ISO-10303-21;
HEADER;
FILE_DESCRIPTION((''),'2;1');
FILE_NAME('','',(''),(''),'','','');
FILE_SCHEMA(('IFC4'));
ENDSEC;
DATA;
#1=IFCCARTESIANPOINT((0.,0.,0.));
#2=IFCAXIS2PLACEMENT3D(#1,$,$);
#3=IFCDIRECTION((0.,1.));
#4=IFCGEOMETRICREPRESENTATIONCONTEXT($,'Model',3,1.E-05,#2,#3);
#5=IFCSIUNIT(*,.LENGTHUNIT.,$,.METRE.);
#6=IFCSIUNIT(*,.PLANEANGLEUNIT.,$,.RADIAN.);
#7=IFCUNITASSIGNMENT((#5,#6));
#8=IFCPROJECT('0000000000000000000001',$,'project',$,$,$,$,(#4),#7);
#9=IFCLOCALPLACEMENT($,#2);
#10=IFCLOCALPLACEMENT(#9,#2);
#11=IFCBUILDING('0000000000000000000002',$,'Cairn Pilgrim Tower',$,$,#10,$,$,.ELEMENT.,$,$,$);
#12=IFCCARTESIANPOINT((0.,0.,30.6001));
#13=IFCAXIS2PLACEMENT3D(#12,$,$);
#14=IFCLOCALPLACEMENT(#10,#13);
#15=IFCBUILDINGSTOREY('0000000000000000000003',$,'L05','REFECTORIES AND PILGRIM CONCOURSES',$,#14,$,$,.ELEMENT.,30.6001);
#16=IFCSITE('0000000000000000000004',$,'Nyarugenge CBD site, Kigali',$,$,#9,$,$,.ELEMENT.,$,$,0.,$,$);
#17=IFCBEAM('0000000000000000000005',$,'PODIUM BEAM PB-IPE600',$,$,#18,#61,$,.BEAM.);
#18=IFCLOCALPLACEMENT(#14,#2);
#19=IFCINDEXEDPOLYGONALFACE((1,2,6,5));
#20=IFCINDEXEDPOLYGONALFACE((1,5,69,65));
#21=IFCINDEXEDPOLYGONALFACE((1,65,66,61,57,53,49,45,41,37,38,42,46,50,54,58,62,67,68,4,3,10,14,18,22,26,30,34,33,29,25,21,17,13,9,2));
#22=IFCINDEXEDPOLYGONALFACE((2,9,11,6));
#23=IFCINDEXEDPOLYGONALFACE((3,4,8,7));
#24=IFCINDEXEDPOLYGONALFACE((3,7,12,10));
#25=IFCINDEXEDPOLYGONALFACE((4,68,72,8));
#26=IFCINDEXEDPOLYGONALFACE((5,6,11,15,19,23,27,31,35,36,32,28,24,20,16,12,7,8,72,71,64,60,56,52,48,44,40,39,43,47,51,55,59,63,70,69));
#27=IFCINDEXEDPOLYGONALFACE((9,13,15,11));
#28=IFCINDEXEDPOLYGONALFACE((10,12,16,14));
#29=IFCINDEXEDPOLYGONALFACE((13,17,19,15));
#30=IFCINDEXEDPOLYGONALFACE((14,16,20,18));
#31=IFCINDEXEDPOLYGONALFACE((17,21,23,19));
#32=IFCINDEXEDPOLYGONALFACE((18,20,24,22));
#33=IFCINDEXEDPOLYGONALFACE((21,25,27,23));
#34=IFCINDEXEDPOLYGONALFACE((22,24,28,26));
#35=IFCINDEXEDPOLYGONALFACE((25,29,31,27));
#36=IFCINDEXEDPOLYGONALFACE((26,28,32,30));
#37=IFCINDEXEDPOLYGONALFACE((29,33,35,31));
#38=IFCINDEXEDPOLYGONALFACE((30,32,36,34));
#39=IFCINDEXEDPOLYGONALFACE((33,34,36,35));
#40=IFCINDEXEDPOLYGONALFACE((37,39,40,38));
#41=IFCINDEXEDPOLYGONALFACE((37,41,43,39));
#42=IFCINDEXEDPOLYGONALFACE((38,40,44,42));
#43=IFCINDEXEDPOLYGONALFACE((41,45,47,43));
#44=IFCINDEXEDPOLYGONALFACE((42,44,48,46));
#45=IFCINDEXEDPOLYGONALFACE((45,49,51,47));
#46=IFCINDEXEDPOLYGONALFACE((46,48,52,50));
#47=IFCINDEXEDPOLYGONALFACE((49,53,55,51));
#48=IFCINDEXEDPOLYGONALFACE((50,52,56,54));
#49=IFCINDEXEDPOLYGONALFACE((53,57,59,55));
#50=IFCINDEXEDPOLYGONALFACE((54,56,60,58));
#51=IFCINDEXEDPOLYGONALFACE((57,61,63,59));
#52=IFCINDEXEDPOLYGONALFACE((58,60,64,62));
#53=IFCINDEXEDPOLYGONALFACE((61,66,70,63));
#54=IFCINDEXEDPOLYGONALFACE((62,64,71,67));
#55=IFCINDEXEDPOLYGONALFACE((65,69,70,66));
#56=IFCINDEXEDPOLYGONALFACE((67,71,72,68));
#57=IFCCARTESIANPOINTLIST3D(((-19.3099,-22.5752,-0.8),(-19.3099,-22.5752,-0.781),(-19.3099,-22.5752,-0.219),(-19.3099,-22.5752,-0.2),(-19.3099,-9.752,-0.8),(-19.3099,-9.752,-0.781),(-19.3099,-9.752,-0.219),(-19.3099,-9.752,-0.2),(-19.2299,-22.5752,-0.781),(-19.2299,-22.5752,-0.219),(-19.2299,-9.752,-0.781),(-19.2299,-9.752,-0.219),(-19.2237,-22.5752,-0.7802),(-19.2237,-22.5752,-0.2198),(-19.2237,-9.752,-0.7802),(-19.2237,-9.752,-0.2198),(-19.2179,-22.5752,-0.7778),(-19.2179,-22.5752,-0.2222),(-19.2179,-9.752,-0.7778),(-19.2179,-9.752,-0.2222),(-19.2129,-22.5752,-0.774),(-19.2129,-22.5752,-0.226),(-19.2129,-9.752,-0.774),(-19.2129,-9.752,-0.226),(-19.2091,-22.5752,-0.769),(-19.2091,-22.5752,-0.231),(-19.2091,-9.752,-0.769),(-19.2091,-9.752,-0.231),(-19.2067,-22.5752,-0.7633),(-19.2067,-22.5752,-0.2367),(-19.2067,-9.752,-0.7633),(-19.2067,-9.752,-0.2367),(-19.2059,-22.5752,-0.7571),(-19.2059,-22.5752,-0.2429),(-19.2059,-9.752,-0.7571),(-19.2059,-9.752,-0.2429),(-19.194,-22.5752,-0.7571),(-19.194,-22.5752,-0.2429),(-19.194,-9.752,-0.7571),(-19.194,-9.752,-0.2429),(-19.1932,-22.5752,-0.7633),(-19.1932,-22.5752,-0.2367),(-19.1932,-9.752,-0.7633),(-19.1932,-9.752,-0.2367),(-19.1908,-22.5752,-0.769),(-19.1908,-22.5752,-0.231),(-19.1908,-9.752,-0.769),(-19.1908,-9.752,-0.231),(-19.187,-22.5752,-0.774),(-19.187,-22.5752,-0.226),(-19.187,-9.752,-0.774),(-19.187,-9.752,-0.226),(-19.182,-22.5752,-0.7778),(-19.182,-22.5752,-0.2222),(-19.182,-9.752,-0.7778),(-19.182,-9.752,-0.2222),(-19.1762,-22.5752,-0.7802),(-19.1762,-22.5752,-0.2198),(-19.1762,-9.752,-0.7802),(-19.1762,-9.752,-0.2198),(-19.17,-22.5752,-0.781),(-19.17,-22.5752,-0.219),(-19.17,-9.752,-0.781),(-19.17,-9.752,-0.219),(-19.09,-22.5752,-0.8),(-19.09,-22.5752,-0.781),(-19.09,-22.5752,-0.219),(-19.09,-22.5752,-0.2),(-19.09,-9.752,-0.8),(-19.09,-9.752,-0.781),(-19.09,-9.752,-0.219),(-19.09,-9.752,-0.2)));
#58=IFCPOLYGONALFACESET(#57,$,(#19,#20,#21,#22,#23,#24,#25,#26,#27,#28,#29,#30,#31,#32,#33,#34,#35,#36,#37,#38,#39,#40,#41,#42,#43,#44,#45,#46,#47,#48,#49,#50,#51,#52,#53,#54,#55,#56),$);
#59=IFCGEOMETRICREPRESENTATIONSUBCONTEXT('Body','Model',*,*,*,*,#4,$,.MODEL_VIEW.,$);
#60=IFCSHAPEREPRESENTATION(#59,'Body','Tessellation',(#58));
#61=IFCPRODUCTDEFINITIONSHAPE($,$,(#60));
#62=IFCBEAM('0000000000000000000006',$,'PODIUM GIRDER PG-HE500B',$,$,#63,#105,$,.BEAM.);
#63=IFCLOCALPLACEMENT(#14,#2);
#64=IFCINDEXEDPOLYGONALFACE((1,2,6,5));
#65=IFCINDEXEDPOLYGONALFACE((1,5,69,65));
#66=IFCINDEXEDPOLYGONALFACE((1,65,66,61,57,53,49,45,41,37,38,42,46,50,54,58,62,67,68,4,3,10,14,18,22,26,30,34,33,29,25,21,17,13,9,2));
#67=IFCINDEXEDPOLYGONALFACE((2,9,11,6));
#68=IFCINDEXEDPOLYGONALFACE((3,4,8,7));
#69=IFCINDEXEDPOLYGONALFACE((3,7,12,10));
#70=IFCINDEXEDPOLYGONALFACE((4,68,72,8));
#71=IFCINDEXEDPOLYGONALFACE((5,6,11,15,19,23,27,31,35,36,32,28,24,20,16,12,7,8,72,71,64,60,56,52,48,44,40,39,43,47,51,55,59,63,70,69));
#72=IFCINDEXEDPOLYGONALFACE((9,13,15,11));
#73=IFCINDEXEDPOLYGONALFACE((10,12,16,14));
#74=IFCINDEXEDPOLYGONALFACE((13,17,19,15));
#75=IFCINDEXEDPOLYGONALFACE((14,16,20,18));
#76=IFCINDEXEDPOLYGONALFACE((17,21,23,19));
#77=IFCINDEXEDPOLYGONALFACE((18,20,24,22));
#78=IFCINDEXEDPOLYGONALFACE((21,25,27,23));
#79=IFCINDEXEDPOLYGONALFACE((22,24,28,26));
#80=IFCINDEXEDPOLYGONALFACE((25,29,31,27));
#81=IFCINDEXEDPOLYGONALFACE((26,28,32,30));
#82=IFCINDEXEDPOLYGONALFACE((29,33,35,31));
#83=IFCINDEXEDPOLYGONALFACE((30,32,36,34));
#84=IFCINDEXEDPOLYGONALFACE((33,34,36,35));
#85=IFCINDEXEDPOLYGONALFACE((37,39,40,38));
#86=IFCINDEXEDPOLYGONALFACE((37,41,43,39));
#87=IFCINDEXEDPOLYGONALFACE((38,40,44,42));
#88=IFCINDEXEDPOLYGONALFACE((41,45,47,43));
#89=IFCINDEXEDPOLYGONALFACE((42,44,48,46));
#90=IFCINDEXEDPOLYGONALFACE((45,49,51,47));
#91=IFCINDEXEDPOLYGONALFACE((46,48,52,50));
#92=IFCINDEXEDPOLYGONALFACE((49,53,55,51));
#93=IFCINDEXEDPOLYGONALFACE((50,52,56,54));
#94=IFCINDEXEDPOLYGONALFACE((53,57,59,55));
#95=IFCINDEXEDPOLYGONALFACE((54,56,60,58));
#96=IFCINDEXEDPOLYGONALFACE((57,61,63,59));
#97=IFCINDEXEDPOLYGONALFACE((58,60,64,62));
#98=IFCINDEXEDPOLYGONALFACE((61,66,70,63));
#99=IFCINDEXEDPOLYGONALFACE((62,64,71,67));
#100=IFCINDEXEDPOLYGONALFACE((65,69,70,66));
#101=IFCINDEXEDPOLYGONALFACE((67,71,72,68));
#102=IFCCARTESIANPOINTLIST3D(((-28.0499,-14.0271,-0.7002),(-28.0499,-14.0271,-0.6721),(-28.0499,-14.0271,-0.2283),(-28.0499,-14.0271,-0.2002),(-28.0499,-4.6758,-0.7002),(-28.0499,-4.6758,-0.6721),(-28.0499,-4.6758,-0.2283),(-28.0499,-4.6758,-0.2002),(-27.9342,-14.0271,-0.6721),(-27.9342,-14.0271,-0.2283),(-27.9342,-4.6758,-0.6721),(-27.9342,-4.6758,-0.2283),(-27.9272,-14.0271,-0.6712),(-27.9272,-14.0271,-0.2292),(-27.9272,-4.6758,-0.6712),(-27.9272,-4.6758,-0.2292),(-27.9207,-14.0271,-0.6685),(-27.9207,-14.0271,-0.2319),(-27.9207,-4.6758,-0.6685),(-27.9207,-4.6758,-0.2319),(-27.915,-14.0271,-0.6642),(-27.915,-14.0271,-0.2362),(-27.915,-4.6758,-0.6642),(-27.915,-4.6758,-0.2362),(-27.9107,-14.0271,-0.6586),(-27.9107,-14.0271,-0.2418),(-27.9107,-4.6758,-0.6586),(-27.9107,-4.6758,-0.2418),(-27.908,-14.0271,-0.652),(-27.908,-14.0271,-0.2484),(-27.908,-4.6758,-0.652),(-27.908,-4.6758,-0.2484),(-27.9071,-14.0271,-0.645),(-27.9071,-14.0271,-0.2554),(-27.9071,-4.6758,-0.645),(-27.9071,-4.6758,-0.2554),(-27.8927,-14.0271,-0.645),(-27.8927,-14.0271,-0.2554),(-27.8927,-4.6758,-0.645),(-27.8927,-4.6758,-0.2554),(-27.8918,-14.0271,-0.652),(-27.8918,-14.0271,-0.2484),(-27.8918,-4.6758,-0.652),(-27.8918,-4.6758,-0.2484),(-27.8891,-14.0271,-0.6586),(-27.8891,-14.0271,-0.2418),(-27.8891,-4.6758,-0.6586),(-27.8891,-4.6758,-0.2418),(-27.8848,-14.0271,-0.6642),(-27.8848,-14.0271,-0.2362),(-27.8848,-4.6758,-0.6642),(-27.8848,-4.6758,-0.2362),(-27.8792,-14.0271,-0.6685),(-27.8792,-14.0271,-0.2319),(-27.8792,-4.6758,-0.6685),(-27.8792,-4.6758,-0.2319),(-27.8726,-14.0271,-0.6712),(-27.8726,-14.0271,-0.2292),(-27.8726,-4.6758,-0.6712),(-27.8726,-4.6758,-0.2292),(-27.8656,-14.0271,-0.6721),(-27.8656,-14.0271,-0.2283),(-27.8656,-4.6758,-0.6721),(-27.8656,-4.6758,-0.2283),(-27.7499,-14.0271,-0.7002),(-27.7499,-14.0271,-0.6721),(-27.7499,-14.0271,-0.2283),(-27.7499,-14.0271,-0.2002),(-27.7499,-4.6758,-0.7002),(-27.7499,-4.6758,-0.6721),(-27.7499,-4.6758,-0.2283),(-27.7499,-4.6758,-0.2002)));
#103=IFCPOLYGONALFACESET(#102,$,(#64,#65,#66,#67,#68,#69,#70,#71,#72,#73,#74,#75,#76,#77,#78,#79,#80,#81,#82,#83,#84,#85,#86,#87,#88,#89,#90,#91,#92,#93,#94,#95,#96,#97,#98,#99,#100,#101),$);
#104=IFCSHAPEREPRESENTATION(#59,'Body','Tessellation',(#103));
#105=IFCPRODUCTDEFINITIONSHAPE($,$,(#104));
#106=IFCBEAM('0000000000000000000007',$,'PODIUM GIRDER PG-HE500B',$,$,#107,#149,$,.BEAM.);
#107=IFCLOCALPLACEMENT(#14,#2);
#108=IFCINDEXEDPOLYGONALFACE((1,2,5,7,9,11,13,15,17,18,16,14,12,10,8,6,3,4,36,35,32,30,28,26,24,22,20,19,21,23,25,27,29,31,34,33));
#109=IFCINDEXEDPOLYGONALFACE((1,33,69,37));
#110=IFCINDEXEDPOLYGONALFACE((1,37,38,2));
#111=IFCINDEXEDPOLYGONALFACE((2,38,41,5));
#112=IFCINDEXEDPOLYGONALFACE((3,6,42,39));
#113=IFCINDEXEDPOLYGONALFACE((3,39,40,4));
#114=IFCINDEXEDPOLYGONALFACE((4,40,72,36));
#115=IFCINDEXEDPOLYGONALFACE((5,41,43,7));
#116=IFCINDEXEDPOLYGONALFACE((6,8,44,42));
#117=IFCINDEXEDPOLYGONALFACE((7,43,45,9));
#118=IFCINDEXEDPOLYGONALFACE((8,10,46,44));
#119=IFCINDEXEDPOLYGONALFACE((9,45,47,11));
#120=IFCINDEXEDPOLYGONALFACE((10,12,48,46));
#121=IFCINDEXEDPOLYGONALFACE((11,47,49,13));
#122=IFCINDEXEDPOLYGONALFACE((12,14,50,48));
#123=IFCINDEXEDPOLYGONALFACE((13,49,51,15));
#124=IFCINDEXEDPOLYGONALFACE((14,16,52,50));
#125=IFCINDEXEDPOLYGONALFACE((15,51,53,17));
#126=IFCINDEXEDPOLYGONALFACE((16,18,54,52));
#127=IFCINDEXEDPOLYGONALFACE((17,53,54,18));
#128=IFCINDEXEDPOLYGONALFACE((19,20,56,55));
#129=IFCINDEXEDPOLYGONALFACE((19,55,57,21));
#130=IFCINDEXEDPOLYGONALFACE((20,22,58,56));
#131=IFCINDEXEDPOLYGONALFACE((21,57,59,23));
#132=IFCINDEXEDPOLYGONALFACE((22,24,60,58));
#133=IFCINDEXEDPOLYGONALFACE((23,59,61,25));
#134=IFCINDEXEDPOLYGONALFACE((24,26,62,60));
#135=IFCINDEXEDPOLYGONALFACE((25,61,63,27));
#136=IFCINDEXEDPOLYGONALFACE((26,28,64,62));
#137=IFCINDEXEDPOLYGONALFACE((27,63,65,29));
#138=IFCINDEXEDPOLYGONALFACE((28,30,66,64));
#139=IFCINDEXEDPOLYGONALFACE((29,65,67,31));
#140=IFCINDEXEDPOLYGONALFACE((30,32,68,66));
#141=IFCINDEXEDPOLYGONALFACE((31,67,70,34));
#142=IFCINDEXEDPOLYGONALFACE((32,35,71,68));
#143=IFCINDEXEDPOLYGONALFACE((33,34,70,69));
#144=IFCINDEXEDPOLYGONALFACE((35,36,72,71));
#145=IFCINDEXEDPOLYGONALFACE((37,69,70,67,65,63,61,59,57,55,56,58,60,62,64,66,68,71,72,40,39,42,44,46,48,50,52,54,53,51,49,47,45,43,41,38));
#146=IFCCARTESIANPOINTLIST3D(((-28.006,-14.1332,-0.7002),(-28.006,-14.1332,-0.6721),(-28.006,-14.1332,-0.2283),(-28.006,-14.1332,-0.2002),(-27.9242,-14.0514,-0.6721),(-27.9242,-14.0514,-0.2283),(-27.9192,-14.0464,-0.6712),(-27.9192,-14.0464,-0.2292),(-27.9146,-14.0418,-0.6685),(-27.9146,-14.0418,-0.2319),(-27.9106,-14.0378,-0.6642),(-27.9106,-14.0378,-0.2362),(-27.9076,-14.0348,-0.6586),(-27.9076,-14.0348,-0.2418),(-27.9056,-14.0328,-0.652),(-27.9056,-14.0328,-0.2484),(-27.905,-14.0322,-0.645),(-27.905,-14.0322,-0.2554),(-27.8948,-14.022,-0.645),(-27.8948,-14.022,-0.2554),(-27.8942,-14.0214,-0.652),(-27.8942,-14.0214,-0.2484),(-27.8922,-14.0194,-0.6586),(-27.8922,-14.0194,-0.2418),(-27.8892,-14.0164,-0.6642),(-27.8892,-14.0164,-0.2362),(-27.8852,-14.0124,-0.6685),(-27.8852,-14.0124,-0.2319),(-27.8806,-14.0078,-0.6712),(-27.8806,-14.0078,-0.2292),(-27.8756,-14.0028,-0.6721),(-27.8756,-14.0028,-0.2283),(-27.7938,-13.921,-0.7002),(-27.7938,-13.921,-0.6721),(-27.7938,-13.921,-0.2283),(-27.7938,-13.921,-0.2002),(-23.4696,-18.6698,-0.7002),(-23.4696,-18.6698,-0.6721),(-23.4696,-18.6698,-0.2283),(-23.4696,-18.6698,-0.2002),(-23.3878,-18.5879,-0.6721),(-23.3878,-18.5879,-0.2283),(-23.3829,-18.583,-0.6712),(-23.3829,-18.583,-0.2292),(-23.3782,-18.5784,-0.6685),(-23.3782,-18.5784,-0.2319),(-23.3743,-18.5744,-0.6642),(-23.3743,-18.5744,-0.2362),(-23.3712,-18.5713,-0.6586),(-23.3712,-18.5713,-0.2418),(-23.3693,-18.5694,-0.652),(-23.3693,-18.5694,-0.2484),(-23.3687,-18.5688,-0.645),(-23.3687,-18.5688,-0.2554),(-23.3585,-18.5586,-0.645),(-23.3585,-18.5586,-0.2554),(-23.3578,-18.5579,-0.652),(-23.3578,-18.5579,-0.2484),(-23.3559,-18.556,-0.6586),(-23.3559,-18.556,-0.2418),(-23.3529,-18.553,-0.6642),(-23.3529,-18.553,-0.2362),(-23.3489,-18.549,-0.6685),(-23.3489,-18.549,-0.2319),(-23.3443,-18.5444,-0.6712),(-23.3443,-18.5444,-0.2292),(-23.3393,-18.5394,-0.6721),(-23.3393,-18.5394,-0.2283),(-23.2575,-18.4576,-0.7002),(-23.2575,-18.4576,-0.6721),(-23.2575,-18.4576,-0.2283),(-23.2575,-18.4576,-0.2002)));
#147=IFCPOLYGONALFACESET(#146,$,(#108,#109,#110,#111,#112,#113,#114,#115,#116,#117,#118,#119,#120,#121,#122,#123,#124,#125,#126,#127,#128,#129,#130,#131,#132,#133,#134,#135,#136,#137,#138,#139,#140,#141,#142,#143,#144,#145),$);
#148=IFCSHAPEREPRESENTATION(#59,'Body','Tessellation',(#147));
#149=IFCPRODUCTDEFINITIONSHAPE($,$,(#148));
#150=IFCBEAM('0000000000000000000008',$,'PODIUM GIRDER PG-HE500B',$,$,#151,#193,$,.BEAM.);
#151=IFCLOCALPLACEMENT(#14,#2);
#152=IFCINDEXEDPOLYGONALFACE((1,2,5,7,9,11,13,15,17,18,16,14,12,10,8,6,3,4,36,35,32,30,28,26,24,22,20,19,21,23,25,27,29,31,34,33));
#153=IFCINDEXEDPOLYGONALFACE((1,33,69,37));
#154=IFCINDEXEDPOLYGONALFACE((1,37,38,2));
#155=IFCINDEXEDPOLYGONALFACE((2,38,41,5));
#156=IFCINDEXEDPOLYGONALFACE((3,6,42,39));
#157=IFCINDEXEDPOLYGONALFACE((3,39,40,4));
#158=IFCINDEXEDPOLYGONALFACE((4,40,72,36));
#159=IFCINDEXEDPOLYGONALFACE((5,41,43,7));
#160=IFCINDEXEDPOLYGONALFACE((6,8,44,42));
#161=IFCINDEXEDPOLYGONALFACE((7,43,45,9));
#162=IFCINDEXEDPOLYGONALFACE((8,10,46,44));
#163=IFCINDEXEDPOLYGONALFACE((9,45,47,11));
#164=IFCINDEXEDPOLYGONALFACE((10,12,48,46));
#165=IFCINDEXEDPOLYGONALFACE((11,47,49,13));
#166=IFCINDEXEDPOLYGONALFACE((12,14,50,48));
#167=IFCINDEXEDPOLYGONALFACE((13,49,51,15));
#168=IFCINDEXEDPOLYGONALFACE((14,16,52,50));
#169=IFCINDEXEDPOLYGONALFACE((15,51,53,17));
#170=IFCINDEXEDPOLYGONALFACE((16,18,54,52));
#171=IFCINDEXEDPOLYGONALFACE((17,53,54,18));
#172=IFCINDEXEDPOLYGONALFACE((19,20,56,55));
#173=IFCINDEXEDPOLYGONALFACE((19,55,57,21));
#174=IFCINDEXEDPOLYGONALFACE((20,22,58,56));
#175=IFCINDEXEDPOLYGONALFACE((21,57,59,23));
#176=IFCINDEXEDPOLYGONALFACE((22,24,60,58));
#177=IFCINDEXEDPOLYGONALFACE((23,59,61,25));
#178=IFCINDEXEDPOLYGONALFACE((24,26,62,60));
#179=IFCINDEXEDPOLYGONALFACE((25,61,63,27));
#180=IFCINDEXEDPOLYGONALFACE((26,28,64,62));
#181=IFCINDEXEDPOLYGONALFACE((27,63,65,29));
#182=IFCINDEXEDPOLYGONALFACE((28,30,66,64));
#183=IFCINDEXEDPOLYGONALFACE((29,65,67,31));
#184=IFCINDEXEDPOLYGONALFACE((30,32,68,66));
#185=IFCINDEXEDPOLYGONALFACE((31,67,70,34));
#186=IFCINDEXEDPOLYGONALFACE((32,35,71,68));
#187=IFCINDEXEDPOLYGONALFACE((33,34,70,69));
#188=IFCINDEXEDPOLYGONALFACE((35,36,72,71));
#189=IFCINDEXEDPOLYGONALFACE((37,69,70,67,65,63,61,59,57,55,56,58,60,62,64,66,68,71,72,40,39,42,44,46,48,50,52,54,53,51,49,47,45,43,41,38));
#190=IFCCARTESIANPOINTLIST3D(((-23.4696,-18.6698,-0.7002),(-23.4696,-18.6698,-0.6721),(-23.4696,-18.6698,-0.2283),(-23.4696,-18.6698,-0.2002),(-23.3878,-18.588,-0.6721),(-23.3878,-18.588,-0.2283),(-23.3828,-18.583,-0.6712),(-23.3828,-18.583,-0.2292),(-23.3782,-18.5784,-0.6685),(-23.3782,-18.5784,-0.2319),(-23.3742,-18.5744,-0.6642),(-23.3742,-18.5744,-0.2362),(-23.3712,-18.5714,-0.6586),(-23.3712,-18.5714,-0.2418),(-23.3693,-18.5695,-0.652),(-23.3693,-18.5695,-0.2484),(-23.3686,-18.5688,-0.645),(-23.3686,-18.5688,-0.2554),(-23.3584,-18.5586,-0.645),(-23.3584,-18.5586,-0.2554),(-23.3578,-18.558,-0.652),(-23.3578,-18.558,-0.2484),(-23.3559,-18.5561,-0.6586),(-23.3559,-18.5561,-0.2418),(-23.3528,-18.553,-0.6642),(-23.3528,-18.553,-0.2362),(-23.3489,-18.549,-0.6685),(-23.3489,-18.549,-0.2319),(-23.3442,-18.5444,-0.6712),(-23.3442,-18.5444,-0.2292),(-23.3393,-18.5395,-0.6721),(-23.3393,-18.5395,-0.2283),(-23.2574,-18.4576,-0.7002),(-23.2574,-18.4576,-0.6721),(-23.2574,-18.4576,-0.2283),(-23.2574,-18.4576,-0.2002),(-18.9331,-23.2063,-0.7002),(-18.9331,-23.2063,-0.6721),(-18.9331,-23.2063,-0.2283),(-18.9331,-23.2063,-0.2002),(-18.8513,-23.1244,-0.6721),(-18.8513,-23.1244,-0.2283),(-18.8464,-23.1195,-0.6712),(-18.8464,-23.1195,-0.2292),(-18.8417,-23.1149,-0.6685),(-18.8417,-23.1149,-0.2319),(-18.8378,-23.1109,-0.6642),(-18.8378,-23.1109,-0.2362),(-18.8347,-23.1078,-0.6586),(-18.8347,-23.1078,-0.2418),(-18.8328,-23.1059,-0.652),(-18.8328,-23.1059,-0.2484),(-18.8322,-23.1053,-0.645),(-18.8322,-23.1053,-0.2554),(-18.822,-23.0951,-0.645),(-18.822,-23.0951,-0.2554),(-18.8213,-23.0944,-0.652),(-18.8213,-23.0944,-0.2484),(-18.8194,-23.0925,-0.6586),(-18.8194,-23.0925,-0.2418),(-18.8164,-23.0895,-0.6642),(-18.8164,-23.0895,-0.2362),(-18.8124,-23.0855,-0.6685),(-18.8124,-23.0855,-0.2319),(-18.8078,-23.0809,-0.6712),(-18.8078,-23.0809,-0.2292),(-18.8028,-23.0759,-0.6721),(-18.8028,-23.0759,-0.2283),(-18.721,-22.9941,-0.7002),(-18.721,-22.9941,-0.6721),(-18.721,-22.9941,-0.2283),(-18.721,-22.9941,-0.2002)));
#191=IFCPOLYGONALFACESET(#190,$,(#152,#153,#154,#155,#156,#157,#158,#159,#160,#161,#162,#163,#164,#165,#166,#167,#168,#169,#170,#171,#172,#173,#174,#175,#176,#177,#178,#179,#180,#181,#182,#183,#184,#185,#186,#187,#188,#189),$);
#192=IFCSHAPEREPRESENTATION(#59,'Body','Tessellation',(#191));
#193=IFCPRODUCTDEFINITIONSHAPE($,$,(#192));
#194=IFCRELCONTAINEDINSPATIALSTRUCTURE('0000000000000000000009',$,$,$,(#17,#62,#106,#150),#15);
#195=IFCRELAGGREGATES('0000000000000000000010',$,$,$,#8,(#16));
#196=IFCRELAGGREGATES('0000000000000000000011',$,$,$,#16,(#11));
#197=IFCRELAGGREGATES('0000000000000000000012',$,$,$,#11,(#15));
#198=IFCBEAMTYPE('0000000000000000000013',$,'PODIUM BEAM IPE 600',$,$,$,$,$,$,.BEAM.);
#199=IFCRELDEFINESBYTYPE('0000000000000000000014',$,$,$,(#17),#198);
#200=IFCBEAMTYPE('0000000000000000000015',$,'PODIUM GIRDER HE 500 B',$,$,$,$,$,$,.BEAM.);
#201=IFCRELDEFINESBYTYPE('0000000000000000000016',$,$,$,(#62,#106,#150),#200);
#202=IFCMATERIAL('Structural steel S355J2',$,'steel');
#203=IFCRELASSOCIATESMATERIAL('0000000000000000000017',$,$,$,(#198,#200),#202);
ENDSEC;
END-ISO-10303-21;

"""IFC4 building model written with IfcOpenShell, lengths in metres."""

from ifc_helpers import new_model, si_unit, direction, frame, origin, origin_2d, place, context, subcontext, project, spatial, i_section, extrude, material, material_profile, profile_set, type_object, element, save


model = new_model("IFC4")

# Units and contexts
model_context = context("Model", 3, precision=1e-05, world=origin(), true_north=direction((0.0, 1.0)))
body_context = subcontext(model_context, "Body", "Model", "MODEL_VIEW")
ifc_project = project(units=[si_unit("LENGTHUNIT", "METRE"), si_unit("PLANEANGLEUNIT", "RADIAN")], contexts=[model_context])

# Site, building, storey
site_placement = place(None, origin())
site = spatial("IfcSite", under=ifc_project, at=site_placement, Name="Nyarugenge CBD site, Kigali", CompositionType="ELEMENT", RefElevation=0.0)
building_placement = place(site_placement, origin())
building = spatial("IfcBuilding", under=site, at=building_placement, Name="Cairn Pilgrim Tower", CompositionType="ELEMENT")
storey_placement = place(building_placement, frame((0.0, 0.0, 30.6001)))
storey = spatial("IfcBuildingStorey", under=building, at=storey_placement, Name="L05", Description="REFECTORIES AND PILGRIM CONCOURSES", CompositionType="ELEMENT", Elevation=30.6001)

# Beams
ifc_material_1 = material(Name="Structural steel S355J2", Category="steel")
ifc_material_profile_1 = material_profile(ifc_material_1, i_section(OverallWidth=0.22, OverallDepth=0.6001, WebThickness=0.012, FlangeThickness=0.019, FilletRadius=0.0239, at=origin_2d()), Name="IPE 600")
ifc_profile_set_1 = profile_set([ifc_material_profile_1], Name="Structural steel S355J2")
beam_type_1 = type_object("IfcBeamType", Name="PODIUM BEAM IPE 600", PredefinedType="BEAM", material=ifc_profile_set_1)
beam_1_placement = place(storey_placement, frame((-19.2, -22.5752, -0.5), z_axis=(0.0, 1.0, 0.0), x_axis=(-1.0, 0.0, 0.0)))
element("IfcBeam", 1, at=beam_1_placement, inside=storey, type_object=beam_type_1, Name="PODIUM BEAM PB-IPE600", PredefinedType="BEAM", context=body_context, shape_type="SweptSolid", body=[
    extrude(i_section(OverallWidth=0.22, OverallDepth=0.6001, WebThickness=0.012, FlangeThickness=0.019, FilletRadius=0.0239, at=origin_2d()), origin(), (0.0, 0.0, 1.0), 12.8232),
])
ifc_material_profile_2 = material_profile(ifc_material_1, i_section(OverallWidth=0.3, OverallDepth=0.5, WebThickness=0.0144, FlangeThickness=0.0281, FilletRadius=0.0271, at=origin_2d()), Name="HEB 500")
ifc_profile_set_2 = profile_set([ifc_material_profile_2], Name="Structural steel S355J2")
beam_type_2 = type_object("IfcBeamType", Name="PODIUM GIRDER HE 500 B", PredefinedType="BEAM", material=ifc_profile_set_2)
beam_2_placement = place(storey_placement, frame((-27.8999, -4.6758, -0.4502), z_axis=(0.0, -1.0, 0.0), x_axis=(1.0, 0.0, 0.0)))
element("IfcBeam", 2, at=beam_2_placement, inside=storey, type_object=beam_type_2, Name="PODIUM GIRDER PG-HE500B", PredefinedType="BEAM", context=body_context, shape_type="SweptSolid", body=[
    extrude(i_section(OverallWidth=0.3, OverallDepth=0.5, WebThickness=0.0144, FlangeThickness=0.0281, FilletRadius=0.0271, at=origin_2d()), origin(), (0.0, 0.0, 1.0), 9.3513),
])
for number, where, z_axis, x_axis, name in (
    (3, (-27.8999, -14.0271, -0.4502), (0.707088, -0.707126, 0.0), (0.707126, 0.707088, 0.0), "PODIUM GIRDER PG-HE500B"),
    (4, (-23.3635, -18.5637, -0.4502), (0.707107, -0.707107, 0.0), (0.707107, 0.707107, 0.0), "PODIUM GIRDER PG-HE500B"),
):
    element("IfcBeam", number, at=place(storey_placement, frame(where, z_axis=z_axis, x_axis=x_axis)), inside=storey, type_object=beam_type_2, Name=name, PredefinedType="BEAM", context=body_context, shape_type="SweptSolid", body=[
        extrude(i_section(OverallWidth=0.3, OverallDepth=0.5, WebThickness=0.0144, FlangeThickness=0.0281, FilletRadius=0.0271, at=origin_2d()), origin(), (0.0, 0.0, 1.0), 6.4155),
    ])

save(model, "model.ifc")
